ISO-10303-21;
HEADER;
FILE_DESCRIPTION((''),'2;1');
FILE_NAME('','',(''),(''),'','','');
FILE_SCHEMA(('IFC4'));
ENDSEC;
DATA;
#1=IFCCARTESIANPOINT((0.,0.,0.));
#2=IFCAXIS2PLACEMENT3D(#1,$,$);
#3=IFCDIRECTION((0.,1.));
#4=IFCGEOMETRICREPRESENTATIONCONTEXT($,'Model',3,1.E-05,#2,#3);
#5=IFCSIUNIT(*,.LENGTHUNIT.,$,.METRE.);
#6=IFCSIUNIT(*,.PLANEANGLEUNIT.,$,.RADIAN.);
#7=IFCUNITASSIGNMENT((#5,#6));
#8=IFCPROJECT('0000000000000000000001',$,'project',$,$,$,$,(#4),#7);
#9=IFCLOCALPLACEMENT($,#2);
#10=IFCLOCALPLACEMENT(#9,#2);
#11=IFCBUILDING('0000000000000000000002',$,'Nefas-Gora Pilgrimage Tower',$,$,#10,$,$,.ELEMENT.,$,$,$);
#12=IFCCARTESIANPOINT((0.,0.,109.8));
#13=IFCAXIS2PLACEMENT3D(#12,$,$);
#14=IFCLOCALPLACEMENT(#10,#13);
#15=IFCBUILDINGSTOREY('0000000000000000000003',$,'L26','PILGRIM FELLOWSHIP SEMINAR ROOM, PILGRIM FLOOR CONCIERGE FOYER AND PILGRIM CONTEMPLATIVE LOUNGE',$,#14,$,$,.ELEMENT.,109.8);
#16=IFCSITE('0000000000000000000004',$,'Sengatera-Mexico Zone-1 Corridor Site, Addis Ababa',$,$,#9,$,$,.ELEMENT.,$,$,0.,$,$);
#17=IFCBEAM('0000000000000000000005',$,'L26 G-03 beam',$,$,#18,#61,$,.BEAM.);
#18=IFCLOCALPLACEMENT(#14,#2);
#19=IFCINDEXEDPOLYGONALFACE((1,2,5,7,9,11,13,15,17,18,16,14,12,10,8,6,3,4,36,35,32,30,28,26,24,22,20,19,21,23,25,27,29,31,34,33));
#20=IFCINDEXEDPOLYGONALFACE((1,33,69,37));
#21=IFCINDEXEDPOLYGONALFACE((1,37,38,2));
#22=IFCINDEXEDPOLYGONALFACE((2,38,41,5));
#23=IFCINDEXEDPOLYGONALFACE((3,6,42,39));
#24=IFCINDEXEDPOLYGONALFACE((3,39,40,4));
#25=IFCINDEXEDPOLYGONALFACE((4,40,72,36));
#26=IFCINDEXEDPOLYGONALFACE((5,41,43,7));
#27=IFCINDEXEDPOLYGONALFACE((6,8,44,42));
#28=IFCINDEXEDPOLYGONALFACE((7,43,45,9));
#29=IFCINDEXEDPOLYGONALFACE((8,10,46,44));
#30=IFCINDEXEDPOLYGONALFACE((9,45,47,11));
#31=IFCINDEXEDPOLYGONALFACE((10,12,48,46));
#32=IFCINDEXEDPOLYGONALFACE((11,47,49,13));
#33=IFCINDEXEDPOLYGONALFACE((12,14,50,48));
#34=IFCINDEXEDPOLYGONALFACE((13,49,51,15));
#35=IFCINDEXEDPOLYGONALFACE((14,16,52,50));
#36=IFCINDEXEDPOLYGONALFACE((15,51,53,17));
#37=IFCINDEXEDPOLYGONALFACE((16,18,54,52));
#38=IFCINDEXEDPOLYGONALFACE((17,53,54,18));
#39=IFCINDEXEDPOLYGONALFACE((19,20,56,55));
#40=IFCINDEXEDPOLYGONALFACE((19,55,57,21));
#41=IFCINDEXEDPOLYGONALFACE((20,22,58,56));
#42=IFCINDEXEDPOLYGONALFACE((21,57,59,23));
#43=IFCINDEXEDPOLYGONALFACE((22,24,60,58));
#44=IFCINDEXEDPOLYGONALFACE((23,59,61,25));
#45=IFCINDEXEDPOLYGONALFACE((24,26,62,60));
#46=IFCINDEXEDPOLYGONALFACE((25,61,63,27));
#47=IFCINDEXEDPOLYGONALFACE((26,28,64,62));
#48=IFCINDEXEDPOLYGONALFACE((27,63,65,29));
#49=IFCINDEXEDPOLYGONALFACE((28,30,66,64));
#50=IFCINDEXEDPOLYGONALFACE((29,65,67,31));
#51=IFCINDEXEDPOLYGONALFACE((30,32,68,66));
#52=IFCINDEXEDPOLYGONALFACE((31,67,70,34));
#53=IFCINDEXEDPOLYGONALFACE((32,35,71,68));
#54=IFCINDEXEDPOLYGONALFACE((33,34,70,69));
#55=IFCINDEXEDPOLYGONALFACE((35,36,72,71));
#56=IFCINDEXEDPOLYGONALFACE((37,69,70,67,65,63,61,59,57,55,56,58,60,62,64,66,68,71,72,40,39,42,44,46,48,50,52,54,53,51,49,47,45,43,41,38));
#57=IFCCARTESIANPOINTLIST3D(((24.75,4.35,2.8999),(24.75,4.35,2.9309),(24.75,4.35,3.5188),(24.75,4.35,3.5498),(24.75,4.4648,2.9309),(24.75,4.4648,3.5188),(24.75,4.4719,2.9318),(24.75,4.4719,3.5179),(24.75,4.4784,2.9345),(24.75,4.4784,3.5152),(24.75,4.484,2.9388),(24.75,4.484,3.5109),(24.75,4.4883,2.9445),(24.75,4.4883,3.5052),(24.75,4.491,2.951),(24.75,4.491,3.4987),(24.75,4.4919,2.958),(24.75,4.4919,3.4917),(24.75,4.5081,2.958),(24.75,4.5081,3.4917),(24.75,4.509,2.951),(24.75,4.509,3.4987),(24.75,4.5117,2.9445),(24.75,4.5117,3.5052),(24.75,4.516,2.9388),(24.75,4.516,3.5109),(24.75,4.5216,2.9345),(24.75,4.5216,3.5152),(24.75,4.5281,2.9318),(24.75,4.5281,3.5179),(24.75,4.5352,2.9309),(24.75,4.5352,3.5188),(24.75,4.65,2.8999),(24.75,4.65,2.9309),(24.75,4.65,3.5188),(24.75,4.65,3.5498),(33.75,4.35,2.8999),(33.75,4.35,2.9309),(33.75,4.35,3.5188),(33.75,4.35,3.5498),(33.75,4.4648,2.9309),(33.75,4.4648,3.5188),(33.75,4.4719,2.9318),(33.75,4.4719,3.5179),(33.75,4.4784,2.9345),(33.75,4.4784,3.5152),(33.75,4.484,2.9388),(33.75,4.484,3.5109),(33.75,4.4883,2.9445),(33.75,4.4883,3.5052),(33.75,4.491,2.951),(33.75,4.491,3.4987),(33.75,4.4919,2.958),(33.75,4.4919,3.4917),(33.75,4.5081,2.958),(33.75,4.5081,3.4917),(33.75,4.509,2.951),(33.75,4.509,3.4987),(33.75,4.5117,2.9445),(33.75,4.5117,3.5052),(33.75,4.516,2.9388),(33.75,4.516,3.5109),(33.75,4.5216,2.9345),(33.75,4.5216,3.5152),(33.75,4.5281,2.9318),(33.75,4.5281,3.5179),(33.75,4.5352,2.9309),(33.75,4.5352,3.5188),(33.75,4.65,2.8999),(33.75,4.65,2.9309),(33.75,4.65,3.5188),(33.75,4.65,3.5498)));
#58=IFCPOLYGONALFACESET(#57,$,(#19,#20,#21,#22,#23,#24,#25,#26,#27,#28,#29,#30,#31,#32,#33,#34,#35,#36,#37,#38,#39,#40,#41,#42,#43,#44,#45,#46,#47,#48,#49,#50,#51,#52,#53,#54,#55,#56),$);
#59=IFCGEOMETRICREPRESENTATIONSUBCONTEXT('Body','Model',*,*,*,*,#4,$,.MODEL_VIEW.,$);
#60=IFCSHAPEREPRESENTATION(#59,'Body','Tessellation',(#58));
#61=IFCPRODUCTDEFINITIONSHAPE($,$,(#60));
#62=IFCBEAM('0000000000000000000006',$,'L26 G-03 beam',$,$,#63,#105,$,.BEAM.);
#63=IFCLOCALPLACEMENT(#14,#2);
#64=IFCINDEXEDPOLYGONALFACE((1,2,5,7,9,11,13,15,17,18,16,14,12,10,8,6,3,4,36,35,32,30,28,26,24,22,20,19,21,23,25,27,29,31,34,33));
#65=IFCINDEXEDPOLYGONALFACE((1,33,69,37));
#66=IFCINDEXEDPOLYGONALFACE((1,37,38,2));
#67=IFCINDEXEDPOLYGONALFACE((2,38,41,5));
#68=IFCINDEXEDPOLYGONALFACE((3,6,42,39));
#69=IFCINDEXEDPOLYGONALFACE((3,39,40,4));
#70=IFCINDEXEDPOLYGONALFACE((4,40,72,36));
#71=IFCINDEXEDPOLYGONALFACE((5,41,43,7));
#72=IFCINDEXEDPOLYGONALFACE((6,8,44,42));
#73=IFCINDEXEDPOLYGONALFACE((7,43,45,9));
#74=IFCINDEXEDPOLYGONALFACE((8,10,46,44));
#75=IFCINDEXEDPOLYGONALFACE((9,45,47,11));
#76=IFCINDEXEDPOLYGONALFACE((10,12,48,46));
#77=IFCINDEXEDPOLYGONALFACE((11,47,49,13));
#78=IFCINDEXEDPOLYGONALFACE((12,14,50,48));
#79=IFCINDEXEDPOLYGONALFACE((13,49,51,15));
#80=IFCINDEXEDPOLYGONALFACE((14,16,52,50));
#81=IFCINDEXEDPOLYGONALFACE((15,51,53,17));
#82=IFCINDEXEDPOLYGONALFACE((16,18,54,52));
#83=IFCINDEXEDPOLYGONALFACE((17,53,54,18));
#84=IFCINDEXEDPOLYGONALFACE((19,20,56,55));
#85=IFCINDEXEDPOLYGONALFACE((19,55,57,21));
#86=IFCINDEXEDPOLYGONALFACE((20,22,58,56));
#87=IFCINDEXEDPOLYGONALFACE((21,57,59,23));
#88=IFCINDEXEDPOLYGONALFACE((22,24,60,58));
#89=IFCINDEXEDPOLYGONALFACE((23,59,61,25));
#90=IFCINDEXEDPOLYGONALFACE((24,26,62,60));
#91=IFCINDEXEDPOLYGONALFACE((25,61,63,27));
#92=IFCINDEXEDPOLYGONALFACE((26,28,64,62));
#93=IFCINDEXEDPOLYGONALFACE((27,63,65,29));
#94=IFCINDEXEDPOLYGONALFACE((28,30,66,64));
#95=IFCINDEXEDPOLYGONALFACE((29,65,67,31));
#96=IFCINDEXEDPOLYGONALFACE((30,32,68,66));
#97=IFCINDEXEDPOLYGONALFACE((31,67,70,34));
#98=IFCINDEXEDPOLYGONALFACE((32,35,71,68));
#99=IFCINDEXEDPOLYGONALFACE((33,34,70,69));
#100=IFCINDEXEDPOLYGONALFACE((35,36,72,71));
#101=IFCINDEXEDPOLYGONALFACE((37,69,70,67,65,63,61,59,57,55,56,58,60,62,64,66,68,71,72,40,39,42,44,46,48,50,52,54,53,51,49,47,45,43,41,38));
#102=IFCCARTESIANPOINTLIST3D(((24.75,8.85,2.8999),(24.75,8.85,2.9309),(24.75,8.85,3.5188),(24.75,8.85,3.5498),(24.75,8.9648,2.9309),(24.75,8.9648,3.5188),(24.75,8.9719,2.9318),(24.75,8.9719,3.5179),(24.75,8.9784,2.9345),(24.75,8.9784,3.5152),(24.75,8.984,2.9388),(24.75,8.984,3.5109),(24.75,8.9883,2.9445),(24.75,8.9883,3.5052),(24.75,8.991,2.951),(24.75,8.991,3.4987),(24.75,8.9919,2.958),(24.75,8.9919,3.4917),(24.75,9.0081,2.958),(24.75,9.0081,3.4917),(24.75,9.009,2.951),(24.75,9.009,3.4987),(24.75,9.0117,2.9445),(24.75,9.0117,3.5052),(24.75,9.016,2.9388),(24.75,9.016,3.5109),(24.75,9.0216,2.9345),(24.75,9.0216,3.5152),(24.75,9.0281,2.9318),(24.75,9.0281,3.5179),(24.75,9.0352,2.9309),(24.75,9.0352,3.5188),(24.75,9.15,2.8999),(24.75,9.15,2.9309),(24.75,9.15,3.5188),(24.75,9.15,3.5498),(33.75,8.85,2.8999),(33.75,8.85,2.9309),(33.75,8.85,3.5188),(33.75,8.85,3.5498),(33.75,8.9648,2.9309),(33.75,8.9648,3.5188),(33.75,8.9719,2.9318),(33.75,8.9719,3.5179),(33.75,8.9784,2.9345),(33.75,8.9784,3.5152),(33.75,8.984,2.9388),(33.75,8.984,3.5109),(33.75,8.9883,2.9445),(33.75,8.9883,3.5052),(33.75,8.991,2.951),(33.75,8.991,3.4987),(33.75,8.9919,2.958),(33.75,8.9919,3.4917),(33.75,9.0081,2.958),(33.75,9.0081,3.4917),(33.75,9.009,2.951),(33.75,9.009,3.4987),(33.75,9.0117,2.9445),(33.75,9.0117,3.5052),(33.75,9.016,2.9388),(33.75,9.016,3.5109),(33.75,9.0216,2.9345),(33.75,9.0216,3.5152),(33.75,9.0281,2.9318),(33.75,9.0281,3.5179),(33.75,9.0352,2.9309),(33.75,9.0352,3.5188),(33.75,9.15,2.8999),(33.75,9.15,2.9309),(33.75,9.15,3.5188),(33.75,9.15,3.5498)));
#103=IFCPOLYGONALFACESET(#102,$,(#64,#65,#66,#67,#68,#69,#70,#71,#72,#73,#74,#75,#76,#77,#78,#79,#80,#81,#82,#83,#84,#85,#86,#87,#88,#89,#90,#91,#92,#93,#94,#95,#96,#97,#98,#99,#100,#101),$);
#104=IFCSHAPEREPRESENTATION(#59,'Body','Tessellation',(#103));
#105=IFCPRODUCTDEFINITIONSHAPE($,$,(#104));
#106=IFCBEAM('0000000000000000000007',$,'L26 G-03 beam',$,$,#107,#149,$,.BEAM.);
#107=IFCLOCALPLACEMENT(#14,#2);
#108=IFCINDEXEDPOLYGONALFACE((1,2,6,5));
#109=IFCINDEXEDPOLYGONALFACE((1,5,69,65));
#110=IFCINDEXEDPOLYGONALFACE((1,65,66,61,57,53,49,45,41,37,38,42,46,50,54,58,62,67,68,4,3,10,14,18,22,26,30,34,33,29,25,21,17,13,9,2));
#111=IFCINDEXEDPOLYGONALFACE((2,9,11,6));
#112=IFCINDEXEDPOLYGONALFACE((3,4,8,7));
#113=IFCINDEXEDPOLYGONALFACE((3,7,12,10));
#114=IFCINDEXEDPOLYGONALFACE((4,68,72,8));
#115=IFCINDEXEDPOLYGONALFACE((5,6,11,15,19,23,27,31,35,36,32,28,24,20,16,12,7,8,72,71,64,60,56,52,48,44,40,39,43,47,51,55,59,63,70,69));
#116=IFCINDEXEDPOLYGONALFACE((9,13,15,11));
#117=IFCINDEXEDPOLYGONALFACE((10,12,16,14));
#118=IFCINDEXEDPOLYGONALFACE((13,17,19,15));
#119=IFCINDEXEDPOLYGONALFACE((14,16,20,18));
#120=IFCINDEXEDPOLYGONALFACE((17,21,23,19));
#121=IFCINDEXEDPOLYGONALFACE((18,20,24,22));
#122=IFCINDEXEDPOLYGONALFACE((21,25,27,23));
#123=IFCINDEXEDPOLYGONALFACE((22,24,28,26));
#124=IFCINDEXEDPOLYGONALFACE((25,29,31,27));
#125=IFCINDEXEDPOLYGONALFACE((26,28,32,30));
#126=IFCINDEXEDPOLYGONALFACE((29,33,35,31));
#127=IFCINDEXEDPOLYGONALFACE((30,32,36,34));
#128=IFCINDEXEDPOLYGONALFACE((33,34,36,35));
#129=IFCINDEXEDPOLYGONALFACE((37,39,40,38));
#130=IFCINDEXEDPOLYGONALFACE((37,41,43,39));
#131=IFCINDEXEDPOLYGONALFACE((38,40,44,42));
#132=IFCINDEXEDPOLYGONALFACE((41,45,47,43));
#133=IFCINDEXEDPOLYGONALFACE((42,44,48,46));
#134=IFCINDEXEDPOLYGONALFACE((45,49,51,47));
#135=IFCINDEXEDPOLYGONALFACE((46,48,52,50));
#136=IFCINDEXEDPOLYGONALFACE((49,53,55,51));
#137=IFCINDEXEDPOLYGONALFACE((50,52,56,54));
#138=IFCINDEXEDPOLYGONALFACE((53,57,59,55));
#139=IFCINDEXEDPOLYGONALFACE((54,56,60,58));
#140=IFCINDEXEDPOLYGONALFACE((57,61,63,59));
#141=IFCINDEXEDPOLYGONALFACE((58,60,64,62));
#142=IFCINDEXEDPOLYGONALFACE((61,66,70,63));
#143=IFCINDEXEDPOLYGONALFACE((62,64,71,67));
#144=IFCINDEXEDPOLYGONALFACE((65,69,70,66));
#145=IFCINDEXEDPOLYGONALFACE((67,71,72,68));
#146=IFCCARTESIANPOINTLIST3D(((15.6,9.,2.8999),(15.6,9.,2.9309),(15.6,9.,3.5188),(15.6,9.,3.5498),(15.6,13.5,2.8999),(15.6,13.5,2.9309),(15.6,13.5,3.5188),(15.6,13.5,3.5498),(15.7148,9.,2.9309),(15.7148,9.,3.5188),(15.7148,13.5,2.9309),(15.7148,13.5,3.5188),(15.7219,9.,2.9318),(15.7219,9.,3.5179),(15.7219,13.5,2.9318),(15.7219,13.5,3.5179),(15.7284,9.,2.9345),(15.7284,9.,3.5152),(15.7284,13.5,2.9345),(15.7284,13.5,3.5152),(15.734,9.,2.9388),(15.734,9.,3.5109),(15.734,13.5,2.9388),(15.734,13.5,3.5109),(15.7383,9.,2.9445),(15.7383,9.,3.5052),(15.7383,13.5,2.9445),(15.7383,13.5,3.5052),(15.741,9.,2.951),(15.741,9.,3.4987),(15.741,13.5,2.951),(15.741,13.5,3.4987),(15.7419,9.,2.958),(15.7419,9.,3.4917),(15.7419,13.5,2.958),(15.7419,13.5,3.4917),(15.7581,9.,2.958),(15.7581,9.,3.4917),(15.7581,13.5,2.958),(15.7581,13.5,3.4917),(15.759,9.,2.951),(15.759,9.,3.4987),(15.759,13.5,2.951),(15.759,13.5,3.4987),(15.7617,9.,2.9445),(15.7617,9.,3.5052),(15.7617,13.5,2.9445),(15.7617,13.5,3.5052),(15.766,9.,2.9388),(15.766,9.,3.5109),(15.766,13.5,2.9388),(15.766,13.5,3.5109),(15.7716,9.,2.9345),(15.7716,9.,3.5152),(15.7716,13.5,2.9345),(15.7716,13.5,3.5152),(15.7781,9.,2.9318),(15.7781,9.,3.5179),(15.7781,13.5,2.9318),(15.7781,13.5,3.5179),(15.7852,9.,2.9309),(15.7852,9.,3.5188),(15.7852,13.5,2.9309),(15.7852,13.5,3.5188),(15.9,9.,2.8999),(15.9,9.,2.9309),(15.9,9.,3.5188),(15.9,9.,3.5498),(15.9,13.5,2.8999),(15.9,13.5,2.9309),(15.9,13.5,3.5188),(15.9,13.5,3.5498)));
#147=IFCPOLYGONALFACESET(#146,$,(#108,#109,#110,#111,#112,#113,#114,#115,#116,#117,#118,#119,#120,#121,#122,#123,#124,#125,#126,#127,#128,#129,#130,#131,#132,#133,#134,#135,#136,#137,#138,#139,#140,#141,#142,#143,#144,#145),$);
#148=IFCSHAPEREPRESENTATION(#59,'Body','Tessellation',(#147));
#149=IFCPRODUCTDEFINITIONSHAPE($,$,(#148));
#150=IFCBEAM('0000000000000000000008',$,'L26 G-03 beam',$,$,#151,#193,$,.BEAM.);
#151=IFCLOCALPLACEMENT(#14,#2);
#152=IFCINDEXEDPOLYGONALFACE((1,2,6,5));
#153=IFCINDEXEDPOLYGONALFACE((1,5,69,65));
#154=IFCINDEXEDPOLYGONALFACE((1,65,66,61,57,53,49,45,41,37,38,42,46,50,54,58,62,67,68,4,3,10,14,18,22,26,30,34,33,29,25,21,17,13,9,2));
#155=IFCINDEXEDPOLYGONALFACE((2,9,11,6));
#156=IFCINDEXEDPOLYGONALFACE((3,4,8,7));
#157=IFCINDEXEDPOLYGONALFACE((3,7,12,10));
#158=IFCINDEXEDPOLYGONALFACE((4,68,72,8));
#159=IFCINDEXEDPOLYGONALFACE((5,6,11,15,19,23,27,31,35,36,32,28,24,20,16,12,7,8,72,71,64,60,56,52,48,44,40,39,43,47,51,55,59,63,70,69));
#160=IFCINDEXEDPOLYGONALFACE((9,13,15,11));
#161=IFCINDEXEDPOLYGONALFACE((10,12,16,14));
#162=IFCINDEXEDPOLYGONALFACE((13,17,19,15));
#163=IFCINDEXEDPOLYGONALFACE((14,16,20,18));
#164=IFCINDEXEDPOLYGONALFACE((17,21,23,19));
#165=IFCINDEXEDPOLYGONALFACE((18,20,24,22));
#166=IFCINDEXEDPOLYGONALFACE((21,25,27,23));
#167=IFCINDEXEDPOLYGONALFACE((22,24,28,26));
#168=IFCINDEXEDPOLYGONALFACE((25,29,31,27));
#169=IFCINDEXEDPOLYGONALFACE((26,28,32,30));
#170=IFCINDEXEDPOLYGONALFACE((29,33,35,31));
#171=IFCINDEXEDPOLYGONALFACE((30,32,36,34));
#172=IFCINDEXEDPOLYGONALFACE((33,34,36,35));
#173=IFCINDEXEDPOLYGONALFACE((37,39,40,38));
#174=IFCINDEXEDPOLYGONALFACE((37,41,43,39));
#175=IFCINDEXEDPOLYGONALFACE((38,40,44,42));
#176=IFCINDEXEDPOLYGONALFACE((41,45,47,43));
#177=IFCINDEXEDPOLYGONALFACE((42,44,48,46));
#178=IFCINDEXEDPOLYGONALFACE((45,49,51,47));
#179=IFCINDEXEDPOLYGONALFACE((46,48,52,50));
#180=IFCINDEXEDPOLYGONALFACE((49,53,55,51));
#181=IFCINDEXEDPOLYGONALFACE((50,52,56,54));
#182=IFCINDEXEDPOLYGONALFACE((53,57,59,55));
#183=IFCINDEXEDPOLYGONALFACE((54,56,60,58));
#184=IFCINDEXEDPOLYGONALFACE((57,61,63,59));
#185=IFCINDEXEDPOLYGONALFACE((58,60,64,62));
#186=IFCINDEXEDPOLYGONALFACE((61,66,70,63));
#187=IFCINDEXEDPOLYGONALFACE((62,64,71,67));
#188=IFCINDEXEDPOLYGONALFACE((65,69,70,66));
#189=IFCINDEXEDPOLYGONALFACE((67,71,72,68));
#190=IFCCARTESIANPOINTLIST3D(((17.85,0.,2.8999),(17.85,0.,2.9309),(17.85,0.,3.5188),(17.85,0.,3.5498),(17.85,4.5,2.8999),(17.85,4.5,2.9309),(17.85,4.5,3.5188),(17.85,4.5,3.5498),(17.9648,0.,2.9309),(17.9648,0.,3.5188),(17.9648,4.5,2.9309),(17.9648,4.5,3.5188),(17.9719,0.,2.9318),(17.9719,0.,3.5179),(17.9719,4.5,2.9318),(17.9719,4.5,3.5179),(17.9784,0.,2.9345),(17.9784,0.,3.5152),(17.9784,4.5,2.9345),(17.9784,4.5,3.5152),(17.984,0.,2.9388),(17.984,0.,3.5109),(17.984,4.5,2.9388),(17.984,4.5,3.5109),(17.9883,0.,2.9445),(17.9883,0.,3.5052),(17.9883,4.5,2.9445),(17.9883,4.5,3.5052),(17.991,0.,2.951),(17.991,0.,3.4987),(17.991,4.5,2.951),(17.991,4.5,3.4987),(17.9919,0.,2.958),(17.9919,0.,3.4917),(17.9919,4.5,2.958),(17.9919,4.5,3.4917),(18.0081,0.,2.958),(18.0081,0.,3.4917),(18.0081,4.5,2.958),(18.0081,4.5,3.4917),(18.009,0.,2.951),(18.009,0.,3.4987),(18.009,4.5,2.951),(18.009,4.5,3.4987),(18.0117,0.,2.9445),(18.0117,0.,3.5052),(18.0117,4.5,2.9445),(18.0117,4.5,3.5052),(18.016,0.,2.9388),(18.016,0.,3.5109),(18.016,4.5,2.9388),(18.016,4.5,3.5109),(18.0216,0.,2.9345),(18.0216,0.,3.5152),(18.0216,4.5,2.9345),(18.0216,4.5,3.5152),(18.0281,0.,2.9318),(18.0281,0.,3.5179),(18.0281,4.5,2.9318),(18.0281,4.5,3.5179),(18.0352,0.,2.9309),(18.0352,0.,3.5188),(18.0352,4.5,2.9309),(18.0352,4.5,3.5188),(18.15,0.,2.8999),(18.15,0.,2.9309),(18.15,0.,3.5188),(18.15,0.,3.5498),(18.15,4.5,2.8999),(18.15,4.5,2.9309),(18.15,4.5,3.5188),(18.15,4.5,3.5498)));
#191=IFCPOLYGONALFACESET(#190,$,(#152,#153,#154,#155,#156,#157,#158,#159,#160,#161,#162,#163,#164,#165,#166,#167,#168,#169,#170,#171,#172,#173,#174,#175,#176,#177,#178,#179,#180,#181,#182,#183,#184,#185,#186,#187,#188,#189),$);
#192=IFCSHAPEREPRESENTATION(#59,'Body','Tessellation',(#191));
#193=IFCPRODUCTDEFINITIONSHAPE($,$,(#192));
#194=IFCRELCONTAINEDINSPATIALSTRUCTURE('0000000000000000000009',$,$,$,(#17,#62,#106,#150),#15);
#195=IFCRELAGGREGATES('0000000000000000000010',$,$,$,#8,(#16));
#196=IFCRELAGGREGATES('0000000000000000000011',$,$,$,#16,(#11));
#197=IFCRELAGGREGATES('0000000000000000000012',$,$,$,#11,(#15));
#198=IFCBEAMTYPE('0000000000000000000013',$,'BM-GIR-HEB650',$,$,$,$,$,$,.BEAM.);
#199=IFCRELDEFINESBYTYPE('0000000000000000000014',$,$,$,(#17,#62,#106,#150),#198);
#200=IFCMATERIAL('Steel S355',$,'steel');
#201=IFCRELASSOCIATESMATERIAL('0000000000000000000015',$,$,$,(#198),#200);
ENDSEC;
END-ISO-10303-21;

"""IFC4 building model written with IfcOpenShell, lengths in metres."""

from ifc_helpers import new_model, si_unit, direction, frame, origin, origin_2d, place, context, subcontext, project, spatial, i_section, extrude, source, transform, mapped, material, material_profile, profile_set, type_object, element, save


model = new_model("IFC4")

# Units and contexts
model_context = context("Model", 3, precision=1e-05, world=origin(), true_north=direction((0.0, 1.0)))
body_context = subcontext(model_context, "Body", "Model", "MODEL_VIEW")
ifc_project = project(units=[si_unit("LENGTHUNIT", "METRE"), si_unit("PLANEANGLEUNIT", "RADIAN")], contexts=[model_context])

# Site, building, storey
site_placement = place(None, origin())
site = spatial("IfcSite", under=ifc_project, at=site_placement, Name="Sengatera-Mexico Zone-1 Corridor Site, Addis Ababa", CompositionType="ELEMENT", RefElevation=0.0)
building_placement = place(site_placement, origin())
building = spatial("IfcBuilding", under=site, at=building_placement, Name="Nefas-Gora Pilgrimage Tower", CompositionType="ELEMENT")
storey_placement = place(building_placement, frame((0.0, 0.0, 109.8)))
storey = spatial("IfcBuildingStorey", under=building, at=storey_placement, Name="L26", Description="PILGRIM FELLOWSHIP SEMINAR ROOM, PILGRIM FLOOR CONCIERGE FOYER AND PILGRIM CONTEMPLATIVE LOUNGE", CompositionType="ELEMENT", Elevation=109.8)

# Beams
ifc_material_1 = material(Name="Steel S355", Category="steel")
ifc_material_profile_1 = material_profile(ifc_material_1, i_section(OverallWidth=0.3, OverallDepth=0.6499, WebThickness=0.0161, FlangeThickness=0.031, FilletRadius=0.0271, at=origin_2d()), Name="HEB 650")
ifc_profile_set_1 = profile_set([ifc_material_profile_1], Name="Steel S355")
beam_type_1 = type_object("IfcBeamType", Name="BM-GIR-HEB650", PredefinedType="BEAM", material=ifc_profile_set_1)
shared_shape_1 = source(origin(), body_context, "Body", "SweptSolid", [
    extrude(i_section(OverallWidth=0.3, OverallDepth=0.6499, WebThickness=0.0161, FlangeThickness=0.031, FilletRadius=0.0271, at=origin_2d()), origin(), (0.0, 0.0, 1.0), 9.0),
])
for number, where, z_axis, x_axis, name in (
    (1, (24.75, 4.5, 3.2249), (1.0, 0.0, 0.0), (0.0, 1.0, 0.0), "L26 G-03 beam"),
    (2, (24.75, 9.0, 3.2249), (1.0, 0.0, 0.0), (0.0, 1.0, 0.0), "L26 G-03 beam"),
):
    element("IfcBeam", number, at=place(storey_placement, frame(where, z_axis=z_axis, x_axis=x_axis)), inside=storey, type_object=beam_type_1, Name=name, PredefinedType="BEAM", context=body_context, shape_type="MappedRepresentation", body=[
        mapped(shared_shape_1, transform((0.0, 0.0, 0.0), x_axis=(1.0, 0.0, 0.0), y_axis=(0.0, 1.0, 0.0), z_axis=(0.0, 0.0, 1.0), scale=1.0)),
    ])
shared_shape_2 = source(origin(), body_context, "Body", "SweptSolid", [
    extrude(i_section(OverallWidth=0.3, OverallDepth=0.6499, WebThickness=0.0161, FlangeThickness=0.031, FilletRadius=0.0271, at=origin_2d()), origin(), (0.0, 0.0, 1.0), 4.5),
])
for number, where, z_axis, x_axis, name in (
    (3, (15.75, 9.0, 3.2249), (0.0, 1.0, 0.0), (-1.0, 0.0, 0.0), "L26 G-03 beam"),
    (4, (18.0, 0.0, 3.2249), (0.0, 1.0, 0.0), (-1.0, 0.0, 0.0), "L26 G-03 beam"),
):
    element("IfcBeam", number, at=place(storey_placement, frame(where, z_axis=z_axis, x_axis=x_axis)), inside=storey, type_object=beam_type_1, Name=name, PredefinedType="BEAM", context=body_context, shape_type="MappedRepresentation", body=[
        mapped(shared_shape_2, transform((0.0, 0.0, 0.0), x_axis=(1.0, 0.0, 0.0), y_axis=(0.0, 1.0, 0.0), z_axis=(0.0, 0.0, 1.0), scale=1.0)),
    ])

save(model, "model.ifc")
